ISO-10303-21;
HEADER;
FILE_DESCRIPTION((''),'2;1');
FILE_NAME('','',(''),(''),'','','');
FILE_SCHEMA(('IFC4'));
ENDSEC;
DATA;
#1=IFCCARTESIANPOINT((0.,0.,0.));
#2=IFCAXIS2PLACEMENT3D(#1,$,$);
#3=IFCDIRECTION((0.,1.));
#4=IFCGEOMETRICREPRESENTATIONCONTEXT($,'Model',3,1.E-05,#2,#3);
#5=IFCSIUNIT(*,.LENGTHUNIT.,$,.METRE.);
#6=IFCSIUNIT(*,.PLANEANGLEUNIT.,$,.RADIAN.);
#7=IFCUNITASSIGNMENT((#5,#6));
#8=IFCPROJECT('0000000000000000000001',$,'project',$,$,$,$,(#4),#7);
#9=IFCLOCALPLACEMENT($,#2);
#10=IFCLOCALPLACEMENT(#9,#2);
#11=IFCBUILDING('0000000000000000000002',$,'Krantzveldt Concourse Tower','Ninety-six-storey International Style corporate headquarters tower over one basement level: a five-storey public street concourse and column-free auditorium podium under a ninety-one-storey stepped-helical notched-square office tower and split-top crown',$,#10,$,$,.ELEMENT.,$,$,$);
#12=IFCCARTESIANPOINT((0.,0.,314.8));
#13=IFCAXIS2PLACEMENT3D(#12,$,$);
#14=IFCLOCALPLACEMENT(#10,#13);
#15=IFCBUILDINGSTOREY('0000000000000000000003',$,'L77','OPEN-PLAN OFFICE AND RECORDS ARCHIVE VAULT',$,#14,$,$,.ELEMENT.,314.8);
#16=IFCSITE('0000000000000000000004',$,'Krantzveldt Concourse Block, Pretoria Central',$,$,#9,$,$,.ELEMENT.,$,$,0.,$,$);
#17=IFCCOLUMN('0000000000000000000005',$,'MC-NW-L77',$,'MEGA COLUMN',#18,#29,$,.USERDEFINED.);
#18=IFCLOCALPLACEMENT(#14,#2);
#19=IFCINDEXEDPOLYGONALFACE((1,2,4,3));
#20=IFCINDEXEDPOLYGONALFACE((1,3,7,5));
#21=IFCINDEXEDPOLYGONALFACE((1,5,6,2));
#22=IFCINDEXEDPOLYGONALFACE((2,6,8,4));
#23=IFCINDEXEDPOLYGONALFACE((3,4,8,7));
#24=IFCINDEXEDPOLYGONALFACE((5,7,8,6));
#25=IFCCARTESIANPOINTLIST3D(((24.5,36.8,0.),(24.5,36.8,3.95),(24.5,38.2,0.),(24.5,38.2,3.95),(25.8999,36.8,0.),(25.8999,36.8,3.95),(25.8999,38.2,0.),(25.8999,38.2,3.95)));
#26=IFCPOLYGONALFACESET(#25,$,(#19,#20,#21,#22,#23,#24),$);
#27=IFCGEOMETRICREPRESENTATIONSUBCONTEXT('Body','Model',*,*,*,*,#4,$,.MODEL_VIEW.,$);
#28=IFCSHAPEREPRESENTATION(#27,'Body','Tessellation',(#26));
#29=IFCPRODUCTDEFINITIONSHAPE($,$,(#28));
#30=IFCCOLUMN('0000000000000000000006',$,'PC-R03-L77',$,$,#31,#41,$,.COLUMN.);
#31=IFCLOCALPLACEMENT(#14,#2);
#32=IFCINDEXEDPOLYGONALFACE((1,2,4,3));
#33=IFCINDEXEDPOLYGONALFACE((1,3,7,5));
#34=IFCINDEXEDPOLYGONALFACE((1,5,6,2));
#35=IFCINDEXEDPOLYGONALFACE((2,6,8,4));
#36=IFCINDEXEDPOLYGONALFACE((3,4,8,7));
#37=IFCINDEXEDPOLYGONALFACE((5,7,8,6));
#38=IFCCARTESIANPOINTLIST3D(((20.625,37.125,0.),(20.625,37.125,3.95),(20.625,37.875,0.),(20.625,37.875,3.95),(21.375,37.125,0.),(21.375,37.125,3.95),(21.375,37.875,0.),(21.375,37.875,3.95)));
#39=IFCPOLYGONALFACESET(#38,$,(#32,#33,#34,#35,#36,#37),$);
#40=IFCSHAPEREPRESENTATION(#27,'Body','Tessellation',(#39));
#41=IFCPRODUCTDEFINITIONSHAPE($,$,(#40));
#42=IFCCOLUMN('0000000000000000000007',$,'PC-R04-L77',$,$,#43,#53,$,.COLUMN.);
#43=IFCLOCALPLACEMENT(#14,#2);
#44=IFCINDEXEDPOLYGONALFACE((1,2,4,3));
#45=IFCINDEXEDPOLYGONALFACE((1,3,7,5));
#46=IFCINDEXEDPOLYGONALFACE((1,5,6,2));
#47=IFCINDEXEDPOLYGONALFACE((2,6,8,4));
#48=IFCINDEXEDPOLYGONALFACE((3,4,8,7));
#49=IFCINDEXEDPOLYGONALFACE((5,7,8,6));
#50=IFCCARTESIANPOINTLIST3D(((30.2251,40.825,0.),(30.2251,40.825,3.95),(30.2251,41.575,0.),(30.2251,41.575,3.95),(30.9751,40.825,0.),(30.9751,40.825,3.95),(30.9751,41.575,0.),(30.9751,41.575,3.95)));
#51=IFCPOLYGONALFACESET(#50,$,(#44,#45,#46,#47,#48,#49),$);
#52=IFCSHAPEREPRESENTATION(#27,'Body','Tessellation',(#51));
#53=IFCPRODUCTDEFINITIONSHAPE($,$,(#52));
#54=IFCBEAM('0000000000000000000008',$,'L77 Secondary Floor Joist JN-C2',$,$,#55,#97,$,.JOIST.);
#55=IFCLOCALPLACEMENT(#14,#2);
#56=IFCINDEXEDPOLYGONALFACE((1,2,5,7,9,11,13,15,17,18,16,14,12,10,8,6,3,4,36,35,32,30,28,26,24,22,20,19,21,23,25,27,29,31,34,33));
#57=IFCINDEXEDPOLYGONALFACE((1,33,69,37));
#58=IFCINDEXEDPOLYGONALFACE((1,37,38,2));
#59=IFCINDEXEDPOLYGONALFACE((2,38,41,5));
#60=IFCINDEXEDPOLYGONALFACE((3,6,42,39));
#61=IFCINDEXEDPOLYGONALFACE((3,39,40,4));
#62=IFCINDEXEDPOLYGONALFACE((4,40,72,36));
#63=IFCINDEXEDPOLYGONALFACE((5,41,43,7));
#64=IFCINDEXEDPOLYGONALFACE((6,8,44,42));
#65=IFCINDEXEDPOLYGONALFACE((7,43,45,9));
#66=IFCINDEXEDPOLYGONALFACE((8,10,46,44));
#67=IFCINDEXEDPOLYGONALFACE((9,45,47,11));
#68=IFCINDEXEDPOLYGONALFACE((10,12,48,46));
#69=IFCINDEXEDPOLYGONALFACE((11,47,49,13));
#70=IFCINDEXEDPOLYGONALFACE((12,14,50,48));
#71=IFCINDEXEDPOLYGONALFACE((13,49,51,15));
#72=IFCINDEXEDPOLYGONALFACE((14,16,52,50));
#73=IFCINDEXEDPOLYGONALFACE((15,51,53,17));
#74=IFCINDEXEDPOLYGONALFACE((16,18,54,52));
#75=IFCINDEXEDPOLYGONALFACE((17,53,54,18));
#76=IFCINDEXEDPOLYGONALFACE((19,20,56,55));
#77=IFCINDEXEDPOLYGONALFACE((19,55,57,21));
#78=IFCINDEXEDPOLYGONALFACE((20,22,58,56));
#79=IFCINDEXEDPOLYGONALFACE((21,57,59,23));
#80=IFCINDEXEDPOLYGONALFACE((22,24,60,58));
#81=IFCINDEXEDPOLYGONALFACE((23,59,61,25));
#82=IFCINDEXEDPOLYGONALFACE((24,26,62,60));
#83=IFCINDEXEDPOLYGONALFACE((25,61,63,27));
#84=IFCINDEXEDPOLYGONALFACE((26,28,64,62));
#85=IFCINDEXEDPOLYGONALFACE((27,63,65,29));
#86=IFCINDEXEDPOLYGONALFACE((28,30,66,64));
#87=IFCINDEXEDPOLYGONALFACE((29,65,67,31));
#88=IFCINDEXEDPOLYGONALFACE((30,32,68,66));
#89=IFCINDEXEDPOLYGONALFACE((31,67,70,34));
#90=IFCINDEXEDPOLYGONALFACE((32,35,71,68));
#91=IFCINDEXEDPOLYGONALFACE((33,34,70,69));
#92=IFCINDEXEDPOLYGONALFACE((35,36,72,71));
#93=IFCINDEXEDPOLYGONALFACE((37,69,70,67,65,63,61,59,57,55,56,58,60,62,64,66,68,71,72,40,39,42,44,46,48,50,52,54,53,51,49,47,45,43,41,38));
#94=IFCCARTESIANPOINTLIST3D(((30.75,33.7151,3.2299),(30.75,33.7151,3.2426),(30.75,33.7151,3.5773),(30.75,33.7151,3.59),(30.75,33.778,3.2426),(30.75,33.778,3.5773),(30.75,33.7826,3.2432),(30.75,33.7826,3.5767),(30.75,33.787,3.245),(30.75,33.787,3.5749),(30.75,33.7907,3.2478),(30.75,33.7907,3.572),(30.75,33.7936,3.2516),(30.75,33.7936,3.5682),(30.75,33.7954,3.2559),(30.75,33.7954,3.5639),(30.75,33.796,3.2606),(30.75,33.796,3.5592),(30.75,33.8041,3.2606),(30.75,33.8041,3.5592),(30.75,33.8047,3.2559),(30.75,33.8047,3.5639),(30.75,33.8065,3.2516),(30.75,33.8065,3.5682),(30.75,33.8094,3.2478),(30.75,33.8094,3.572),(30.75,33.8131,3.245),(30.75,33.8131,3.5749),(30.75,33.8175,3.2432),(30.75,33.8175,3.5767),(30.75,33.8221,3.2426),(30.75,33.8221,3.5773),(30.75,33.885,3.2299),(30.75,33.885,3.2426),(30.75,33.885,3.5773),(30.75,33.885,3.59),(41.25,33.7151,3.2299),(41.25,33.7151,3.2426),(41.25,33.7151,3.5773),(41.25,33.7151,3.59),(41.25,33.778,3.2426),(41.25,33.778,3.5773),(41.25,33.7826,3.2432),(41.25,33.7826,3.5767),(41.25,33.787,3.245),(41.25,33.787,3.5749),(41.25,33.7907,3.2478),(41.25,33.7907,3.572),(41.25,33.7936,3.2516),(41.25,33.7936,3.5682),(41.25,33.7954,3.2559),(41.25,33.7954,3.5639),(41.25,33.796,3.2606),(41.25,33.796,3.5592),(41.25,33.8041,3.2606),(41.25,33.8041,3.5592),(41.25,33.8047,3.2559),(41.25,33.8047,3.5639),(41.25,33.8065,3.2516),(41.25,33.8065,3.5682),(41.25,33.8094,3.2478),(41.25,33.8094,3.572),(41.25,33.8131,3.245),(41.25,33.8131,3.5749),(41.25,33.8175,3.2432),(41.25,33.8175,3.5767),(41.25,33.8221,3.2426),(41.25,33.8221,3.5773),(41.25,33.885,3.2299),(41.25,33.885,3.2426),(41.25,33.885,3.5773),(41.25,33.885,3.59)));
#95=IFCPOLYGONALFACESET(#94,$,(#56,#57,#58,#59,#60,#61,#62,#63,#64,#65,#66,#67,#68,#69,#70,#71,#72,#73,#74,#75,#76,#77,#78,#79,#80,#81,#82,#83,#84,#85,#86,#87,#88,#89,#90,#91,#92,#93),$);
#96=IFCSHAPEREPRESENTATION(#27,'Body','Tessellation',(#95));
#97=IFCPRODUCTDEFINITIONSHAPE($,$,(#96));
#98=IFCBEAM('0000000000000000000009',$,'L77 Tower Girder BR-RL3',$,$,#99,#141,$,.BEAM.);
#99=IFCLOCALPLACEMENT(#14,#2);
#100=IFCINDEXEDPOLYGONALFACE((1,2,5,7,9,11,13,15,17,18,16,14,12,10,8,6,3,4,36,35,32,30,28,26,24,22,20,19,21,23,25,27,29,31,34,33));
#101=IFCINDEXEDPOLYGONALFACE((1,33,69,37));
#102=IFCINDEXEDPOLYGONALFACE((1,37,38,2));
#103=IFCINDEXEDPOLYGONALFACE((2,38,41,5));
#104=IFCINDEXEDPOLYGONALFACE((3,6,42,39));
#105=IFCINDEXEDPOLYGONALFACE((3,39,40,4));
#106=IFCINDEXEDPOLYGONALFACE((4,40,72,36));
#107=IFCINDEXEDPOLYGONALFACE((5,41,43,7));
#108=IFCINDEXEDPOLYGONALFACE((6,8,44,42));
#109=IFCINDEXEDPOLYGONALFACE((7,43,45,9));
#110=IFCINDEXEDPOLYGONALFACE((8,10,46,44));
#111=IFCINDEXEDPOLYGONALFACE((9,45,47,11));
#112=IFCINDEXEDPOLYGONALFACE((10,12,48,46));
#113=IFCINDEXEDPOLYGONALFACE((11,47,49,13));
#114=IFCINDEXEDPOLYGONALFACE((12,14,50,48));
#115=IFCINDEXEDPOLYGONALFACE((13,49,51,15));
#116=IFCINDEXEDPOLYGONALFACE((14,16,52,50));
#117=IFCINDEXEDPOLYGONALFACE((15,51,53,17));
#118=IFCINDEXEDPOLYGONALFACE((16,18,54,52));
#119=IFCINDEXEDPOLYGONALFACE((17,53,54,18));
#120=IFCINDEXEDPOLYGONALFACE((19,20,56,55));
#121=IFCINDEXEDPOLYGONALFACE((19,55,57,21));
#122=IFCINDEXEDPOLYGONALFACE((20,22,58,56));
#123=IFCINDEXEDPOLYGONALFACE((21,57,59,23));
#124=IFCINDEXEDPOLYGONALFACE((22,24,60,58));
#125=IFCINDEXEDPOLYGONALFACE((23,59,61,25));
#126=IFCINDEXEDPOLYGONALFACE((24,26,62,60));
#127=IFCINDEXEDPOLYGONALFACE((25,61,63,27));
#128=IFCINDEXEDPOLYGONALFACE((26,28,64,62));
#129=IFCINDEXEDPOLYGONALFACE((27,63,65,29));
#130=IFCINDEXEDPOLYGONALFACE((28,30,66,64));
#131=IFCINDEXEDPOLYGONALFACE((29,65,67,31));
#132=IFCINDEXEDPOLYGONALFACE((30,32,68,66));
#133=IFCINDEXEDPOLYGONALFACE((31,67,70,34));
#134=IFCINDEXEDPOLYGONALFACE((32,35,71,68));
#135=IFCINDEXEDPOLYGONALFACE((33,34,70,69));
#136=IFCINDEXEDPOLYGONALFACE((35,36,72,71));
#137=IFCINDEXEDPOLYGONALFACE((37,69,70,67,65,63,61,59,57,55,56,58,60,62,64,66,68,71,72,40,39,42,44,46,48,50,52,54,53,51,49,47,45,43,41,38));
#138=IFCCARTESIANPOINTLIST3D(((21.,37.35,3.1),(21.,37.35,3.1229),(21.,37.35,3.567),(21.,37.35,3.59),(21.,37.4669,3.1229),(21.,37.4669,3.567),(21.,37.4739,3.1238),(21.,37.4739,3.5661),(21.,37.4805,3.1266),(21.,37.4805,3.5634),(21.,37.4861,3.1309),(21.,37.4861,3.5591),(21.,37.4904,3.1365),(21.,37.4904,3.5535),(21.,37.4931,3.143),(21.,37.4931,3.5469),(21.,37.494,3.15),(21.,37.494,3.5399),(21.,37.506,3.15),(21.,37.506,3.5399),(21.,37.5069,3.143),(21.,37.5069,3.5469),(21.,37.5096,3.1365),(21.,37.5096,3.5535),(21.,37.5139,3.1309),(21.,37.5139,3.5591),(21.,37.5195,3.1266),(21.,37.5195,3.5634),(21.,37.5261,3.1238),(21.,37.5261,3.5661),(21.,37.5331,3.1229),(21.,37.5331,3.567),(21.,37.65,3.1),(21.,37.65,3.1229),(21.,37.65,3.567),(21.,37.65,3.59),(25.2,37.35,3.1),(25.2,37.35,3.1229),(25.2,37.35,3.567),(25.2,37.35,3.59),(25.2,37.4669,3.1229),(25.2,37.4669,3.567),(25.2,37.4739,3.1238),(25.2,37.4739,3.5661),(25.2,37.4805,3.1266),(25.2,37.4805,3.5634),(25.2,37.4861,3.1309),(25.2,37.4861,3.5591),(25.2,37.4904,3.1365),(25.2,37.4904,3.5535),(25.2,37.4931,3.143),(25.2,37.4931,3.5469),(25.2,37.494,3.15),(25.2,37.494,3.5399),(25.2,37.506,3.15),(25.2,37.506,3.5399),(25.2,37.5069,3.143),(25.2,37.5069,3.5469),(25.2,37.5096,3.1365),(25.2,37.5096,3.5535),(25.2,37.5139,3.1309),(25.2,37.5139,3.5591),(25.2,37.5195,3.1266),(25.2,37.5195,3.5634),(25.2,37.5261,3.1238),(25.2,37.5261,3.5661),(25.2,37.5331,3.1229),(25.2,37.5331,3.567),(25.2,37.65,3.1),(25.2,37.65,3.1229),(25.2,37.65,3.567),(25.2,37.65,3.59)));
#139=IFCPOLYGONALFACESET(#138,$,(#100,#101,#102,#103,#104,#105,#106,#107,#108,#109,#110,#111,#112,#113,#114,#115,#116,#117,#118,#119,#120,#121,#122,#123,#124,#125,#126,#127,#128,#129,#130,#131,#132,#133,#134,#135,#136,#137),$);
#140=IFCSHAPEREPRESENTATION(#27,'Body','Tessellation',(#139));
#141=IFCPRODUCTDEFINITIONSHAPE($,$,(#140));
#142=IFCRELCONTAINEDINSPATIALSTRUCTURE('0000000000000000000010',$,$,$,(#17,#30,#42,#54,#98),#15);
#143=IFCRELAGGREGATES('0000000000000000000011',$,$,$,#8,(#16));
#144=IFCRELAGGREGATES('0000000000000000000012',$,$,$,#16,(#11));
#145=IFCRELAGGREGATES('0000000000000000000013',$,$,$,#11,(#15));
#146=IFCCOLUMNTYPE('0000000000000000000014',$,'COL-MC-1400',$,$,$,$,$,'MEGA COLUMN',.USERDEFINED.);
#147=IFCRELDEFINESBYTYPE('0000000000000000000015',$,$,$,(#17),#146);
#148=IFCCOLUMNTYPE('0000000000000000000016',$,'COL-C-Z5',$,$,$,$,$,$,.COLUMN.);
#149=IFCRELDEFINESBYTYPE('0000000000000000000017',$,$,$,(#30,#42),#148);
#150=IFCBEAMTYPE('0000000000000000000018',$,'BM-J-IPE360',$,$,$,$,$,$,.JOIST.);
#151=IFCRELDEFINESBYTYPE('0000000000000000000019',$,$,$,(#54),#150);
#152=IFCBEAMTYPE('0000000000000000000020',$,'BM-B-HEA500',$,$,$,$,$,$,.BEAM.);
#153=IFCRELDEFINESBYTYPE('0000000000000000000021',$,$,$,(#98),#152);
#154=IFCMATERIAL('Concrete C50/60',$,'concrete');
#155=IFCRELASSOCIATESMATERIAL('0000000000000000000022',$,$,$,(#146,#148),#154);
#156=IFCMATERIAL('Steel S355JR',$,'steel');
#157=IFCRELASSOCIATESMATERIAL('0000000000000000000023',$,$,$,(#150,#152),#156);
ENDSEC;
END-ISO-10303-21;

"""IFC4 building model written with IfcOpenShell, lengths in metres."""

from ifc_helpers import new_model, si_unit, direction, frame, origin, origin_2d, place, context, subcontext, project, spatial, rectangle, i_section, extrude, source, transform, mapped, material, material_profile, profile_set, type_object, type_shapes, element, save


model = new_model("IFC4")

# Units and contexts
model_context = context("Model", 3, precision=1e-05, world=origin(), true_north=direction((0.0, 1.0)))
body_context = subcontext(model_context, "Body", "Model", "MODEL_VIEW")
ifc_project = project(units=[si_unit("LENGTHUNIT", "METRE"), si_unit("PLANEANGLEUNIT", "RADIAN")], contexts=[model_context])

# Site, building, storey
site_placement = place(None, origin())
site = spatial("IfcSite", under=ifc_project, at=site_placement, Name="Krantzveldt Concourse Block, Pretoria Central", CompositionType="ELEMENT", RefElevation=0.0)
building_placement = place(site_placement, origin())
building = spatial("IfcBuilding", under=site, at=building_placement, Name="Krantzveldt Concourse Tower", Description="Ninety-six-storey International Style corporate headquarters tower over one basement level: a five-storey public street concourse and column-free auditorium podium under a ninety-one-storey stepped-helical notched-square office tower and split-top crown", CompositionType="ELEMENT")
storey_placement = place(building_placement, frame((0.0, 0.0, 314.8)))
storey = spatial("IfcBuildingStorey", under=building, at=storey_placement, Name="L77", Description="OPEN-PLAN OFFICE AND RECORDS ARCHIVE VAULT", CompositionType="ELEMENT", Elevation=314.8)

# Columns
ifc_material_1 = material(Name="Concrete C50/60", Category="concrete")
ifc_material_profile_1 = material_profile(ifc_material_1, rectangle(XDim=1.3999, YDim=1.3999, at=origin_2d()), Name="Concrete C50/60", Category="concrete")
ifc_profile_set_1 = profile_set([ifc_material_profile_1], Name="Concrete C50/60 - RC 1400x1400")
column_type_1 = type_object("IfcColumnType", Name="COL-MC-1400", ElementType="MEGA COLUMN", PredefinedType="USERDEFINED", material=ifc_profile_set_1)
shared_shape_1 = source(origin(), body_context, "Body", "SweptSolid", [
    extrude(rectangle(XDim=1.3999, YDim=1.3999, at=origin_2d()), origin(), (0.0, 0.0, 1.0), 3.95),
])
type_shapes(column_type_1, [shared_shape_1])
column_placement = place(storey_placement, frame((25.2, 37.5, 0.0), z_axis=(0.0, 0.0, 1.0), x_axis=(1.0, 0.0, 0.0)))
element("IfcColumn", 1, at=column_placement, inside=storey, type_object=column_type_1, Name="MC-NW-L77", ObjectType="MEGA COLUMN", PredefinedType="USERDEFINED", context=body_context, shape_type="MappedRepresentation", body=[
    mapped(shared_shape_1, transform((0.0, 0.0, 0.0), x_axis=(1.0, 0.0, 0.0), y_axis=(0.0, 1.0, 0.0), z_axis=(0.0, 0.0, 1.0), scale=1.0)),
])
ifc_material_profile_2 = material_profile(ifc_material_1, rectangle(XDim=0.75, YDim=0.75, at=origin_2d()), Name="Concrete C50/60", Category="concrete")
ifc_profile_set_2 = profile_set([ifc_material_profile_2], Name="Concrete C50/60 - RC 750x750")
column_type_2 = type_object("IfcColumnType", Name="COL-C-Z5", PredefinedType="COLUMN", material=ifc_profile_set_2)
shared_shape_2 = source(origin(), body_context, "Body", "SweptSolid", [
    extrude(rectangle(XDim=0.75, YDim=0.75, at=origin_2d()), origin(), (0.0, 0.0, 1.0), 3.95),
])
type_shapes(column_type_2, [shared_shape_2])
for number, where, z_axis, x_axis, name in (
    (2, (21.0, 37.5, 0.0), (0.0, 0.0, 1.0), (1.0, 0.0, 0.0), "PC-R03-L77"),
    (3, (30.6001, 41.2, 0.0), (0.0, 0.0, 1.0), (1.0, 0.0, 0.0), "PC-R04-L77"),
):
    element("IfcColumn", number, at=place(storey_placement, frame(where, z_axis=z_axis, x_axis=x_axis)), inside=storey, type_object=column_type_2, Name=name, PredefinedType="COLUMN", context=body_context, shape_type="MappedRepresentation", body=[
        mapped(shared_shape_2, transform((0.0, 0.0, 0.0), x_axis=(1.0, 0.0, 0.0), y_axis=(0.0, 1.0, 0.0), z_axis=(0.0, 0.0, 1.0), scale=1.0)),
    ])

# Beams
ifc_material_2 = material(Name="Steel S355JR", Category="steel")
ifc_material_profile_3 = material_profile(ifc_material_2, i_section(OverallWidth=0.1699, OverallDepth=0.3601, WebThickness=0.0081, FlangeThickness=0.0127, FilletRadius=0.0181, at=origin_2d()), Name="Steel S355JR", Category="steel")
ifc_profile_set_3 = profile_set([ifc_material_profile_3], Name="Steel S355JR - IPE 360")
beam_type_1 = type_object("IfcBeamType", Name="BM-J-IPE360", PredefinedType="JOIST", material=ifc_profile_set_3)
shared_shape_3 = source(origin(), body_context, "Body", "SweptSolid", [
    extrude(i_section(OverallWidth=0.1699, OverallDepth=0.3601, WebThickness=0.0081, FlangeThickness=0.0127, FilletRadius=0.0181, at=origin_2d()), origin(), (0.0, 0.0, 1.0), 10.5),
])
beam_1_placement = place(storey_placement, frame((30.75, 33.8, 3.4099), z_axis=(1.0, 0.0, 0.0), x_axis=(0.0, 1.0, 0.0)))
element("IfcBeam", 4, at=beam_1_placement, inside=storey, type_object=beam_type_1, Name="L77 Secondary Floor Joist JN-C2", PredefinedType="JOIST", context=body_context, shape_type="MappedRepresentation", body=[
    mapped(shared_shape_3, transform((0.0, 0.0, 0.0), x_axis=(1.0, 0.0, 0.0), y_axis=(0.0, 1.0, 0.0), z_axis=(0.0, 0.0, 1.0), scale=1.0)),
])
ifc_material_profile_4 = material_profile(ifc_material_2, i_section(OverallWidth=0.3, OverallDepth=0.49, WebThickness=0.012, FlangeThickness=0.0229, FilletRadius=0.0271, at=origin_2d()), Name="Steel S355JR", Category="steel")
ifc_profile_set_4 = profile_set([ifc_material_profile_4], Name="Steel S355JR - HEA 500")
beam_type_2 = type_object("IfcBeamType", Name="BM-B-HEA500", PredefinedType="BEAM", material=ifc_profile_set_4)
shared_shape_4 = source(origin(), body_context, "Body", "SweptSolid", [
    extrude(i_section(OverallWidth=0.3, OverallDepth=0.49, WebThickness=0.012, FlangeThickness=0.0229, FilletRadius=0.0271, at=origin_2d()), origin(), (0.0, 0.0, 1.0), 4.2),
])
beam_2_placement = place(storey_placement, frame((21.0, 37.5, 3.345), z_axis=(1.0, 0.0, 0.0), x_axis=(0.0, 1.0, 0.0)))
element("IfcBeam", 5, at=beam_2_placement, inside=storey, type_object=beam_type_2, Name="L77 Tower Girder BR-RL3", PredefinedType="BEAM", context=body_context, shape_type="MappedRepresentation", body=[
    mapped(shared_shape_4, transform((0.0, 0.0, 0.0), x_axis=(1.0, 0.0, 0.0), y_axis=(0.0, 1.0, 0.0), z_axis=(0.0, 0.0, 1.0), scale=1.0)),
])

save(model, "model.ifc")
